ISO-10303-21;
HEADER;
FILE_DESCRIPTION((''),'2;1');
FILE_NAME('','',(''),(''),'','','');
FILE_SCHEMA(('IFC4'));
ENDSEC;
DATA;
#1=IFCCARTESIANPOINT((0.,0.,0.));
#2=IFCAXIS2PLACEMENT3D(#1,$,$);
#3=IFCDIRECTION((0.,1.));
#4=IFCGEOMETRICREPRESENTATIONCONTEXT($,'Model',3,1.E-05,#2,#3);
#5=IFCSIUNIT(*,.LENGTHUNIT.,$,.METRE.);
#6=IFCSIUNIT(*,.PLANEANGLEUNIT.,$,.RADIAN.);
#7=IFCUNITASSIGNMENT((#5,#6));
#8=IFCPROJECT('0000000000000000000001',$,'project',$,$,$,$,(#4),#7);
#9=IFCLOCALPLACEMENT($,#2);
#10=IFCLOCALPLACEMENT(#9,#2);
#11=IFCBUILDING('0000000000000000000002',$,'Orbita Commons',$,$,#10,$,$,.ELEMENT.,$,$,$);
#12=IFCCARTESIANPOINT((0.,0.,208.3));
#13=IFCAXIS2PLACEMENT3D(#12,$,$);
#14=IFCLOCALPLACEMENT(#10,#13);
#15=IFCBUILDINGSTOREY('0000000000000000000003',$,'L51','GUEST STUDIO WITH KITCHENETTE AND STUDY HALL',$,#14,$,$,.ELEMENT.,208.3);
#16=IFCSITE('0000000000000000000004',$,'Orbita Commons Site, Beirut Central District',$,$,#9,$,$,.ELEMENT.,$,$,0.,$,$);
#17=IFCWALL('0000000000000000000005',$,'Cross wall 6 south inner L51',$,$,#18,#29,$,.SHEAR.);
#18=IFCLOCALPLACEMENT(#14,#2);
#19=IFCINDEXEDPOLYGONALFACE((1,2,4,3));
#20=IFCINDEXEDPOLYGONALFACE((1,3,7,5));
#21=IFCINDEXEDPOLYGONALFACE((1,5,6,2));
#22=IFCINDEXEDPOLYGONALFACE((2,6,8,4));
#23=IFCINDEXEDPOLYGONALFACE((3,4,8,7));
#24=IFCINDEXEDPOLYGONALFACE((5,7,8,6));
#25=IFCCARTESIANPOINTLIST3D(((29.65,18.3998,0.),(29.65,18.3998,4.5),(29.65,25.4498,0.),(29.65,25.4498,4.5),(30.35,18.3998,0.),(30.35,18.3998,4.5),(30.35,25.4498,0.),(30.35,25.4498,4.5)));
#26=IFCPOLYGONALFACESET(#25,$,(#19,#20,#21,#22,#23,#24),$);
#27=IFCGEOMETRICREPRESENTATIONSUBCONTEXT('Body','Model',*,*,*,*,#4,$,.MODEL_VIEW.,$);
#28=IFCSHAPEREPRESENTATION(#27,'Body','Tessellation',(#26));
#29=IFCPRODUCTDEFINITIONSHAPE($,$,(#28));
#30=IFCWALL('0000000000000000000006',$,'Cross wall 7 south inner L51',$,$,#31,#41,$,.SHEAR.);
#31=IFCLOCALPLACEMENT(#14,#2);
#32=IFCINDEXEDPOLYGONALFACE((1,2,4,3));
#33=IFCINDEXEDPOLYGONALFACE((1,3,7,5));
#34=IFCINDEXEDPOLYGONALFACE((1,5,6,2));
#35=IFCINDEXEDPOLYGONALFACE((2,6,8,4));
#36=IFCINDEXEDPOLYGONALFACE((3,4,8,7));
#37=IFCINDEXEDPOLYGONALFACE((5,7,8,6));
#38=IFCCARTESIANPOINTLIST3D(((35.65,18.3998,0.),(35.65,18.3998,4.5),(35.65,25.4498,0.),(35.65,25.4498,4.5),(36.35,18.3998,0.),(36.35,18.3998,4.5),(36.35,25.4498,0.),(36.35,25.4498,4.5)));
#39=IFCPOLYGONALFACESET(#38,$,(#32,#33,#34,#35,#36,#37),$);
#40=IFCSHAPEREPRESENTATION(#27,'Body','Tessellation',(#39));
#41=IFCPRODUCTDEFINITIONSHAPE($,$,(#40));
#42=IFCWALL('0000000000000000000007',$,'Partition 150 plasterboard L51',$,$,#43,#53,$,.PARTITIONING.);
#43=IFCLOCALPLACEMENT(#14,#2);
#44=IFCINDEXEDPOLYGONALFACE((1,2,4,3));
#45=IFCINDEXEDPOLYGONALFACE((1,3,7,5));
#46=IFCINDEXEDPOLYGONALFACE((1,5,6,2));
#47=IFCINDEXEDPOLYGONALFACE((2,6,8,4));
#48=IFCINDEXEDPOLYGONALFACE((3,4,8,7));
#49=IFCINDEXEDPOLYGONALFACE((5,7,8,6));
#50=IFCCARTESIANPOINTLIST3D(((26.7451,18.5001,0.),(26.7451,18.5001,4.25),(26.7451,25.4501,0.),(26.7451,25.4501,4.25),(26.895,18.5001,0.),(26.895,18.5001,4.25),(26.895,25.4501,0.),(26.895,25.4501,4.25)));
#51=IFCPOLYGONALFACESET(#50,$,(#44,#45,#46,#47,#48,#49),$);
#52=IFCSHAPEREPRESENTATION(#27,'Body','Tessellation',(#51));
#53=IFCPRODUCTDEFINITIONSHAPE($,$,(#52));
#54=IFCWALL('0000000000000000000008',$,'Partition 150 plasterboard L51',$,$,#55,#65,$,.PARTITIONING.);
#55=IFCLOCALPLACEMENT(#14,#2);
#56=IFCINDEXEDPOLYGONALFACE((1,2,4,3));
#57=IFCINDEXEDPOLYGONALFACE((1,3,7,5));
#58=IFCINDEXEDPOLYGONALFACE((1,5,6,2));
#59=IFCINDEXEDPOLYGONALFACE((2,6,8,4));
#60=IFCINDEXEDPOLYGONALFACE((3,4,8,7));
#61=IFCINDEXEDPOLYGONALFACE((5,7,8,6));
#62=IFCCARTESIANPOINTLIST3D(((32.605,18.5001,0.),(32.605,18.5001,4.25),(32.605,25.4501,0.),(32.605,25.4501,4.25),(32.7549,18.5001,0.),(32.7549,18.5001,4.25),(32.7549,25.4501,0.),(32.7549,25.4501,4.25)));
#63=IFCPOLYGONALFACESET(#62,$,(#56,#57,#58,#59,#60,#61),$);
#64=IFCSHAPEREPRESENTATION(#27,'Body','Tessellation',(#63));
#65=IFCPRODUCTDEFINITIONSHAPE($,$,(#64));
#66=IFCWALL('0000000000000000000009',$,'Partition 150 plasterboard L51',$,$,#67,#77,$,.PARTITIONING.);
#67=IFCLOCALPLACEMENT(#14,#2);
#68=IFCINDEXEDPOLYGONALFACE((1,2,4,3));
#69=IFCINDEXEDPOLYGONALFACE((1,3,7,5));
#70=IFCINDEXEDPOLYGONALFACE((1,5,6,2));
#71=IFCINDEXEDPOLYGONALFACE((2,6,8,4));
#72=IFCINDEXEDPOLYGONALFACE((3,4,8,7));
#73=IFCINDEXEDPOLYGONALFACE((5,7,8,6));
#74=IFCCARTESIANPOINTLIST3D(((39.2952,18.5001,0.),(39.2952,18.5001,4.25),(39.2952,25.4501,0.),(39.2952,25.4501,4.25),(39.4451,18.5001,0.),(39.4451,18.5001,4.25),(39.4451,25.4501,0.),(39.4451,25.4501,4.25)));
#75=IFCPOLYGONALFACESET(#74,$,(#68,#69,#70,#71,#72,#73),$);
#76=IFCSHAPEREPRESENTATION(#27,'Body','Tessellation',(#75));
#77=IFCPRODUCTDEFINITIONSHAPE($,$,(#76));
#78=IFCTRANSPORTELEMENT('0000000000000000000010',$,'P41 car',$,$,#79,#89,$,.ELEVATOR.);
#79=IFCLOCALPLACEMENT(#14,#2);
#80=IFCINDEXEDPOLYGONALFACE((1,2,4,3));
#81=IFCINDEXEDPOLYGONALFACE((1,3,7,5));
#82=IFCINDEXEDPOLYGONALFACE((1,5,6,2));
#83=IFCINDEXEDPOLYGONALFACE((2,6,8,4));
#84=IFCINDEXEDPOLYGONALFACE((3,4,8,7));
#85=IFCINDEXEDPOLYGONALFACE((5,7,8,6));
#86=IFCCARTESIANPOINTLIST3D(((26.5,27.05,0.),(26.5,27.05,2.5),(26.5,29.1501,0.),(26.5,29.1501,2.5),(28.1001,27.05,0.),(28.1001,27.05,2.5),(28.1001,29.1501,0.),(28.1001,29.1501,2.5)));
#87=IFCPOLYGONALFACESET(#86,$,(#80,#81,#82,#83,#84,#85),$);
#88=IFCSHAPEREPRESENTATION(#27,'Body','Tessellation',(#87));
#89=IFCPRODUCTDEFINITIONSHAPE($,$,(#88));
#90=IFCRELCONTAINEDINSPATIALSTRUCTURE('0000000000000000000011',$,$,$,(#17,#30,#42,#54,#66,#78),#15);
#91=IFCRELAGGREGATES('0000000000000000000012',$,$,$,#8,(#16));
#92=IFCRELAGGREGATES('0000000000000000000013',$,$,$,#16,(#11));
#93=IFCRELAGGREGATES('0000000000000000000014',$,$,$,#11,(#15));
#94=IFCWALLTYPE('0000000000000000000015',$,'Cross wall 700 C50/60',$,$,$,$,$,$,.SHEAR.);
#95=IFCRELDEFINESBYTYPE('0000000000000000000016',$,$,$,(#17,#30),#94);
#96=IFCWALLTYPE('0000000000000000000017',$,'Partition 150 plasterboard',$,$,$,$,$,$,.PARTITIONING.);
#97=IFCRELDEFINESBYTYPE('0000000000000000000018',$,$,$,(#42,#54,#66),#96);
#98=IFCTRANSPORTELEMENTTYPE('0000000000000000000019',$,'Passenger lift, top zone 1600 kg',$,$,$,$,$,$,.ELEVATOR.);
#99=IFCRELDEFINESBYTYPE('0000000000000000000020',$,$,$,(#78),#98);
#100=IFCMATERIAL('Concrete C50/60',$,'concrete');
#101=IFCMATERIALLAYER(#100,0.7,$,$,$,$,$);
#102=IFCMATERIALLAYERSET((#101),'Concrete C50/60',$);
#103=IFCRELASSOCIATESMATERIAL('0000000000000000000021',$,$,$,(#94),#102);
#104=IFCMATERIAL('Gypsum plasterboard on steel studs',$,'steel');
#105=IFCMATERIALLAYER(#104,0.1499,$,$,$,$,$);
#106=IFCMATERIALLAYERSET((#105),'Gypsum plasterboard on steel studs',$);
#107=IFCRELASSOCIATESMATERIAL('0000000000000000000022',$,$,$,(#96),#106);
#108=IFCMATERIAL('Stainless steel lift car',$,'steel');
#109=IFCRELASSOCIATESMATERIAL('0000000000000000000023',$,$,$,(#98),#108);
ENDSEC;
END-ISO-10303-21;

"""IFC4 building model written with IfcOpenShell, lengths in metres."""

from ifc_helpers import new_model, si_unit, direction, frame, frame_2d, origin, origin_2d, place, context, subcontext, project, spatial, rectangle, extrude, material, layer, layer_set, type_object, element, save


model = new_model("IFC4")

# Units and contexts
model_context = context("Model", 3, precision=1e-05, world=origin(), true_north=direction((0.0, 1.0)))
body_context = subcontext(model_context, "Body", "Model", "MODEL_VIEW")
ifc_project = project(units=[si_unit("LENGTHUNIT", "METRE"), si_unit("PLANEANGLEUNIT", "RADIAN")], contexts=[model_context])

# Site, building, storey
site_placement = place(None, origin())
site = spatial("IfcSite", under=ifc_project, at=site_placement, Name="Orbita Commons Site, Beirut Central District", CompositionType="ELEMENT", RefElevation=0.0)
building_placement = place(site_placement, origin())
building = spatial("IfcBuilding", under=site, at=building_placement, Name="Orbita Commons", CompositionType="ELEMENT")
storey_placement = place(building_placement, frame((0.0, 0.0, 208.3)))
storey = spatial("IfcBuildingStorey", under=building, at=storey_placement, Name="L51", Description="GUEST STUDIO WITH KITCHENETTE AND STUDY HALL", CompositionType="ELEMENT", Elevation=208.3)

# Walls
ifc_material_1 = material(Name="Concrete C50/60", Category="concrete")
ifc_layer_1 = layer(ifc_material_1, 0.7)
ifc_layer_set_1 = layer_set([ifc_layer_1], Name="Concrete C50/60")
wall_type_1 = type_object("IfcWallType", Name="Cross wall 700 C50/60", PredefinedType="SHEAR", material=ifc_layer_set_1)
for number, where, z_axis, x_axis, name in (
    (1, (30.0, 18.3999, 0.0), (0.0, 0.0, 1.0), (0.0, 1.0, 0.0), "Cross wall 6 south inner L51"),
    (2, (36.0, 18.3999, 0.0), (0.0, 0.0, 1.0), (0.0, 1.0, 0.0), "Cross wall 7 south inner L51"),
):
    element("IfcWall", number, at=place(storey_placement, frame(where, z_axis=z_axis, x_axis=x_axis)), inside=storey, type_object=wall_type_1, Name=name, PredefinedType="SHEAR", context=body_context, shape_type="SweptSolid", body=[
        extrude(rectangle(XDim=7.05, YDim=0.7, at=frame_2d((3.5249, 0.0))), origin(), (0.0, 0.0, 1.0), 4.5),
    ])
ifc_material_2 = material(Name="Gypsum plasterboard on steel studs", Category="steel")
ifc_layer_2 = layer(ifc_material_2, 0.1499)
ifc_layer_set_2 = layer_set([ifc_layer_2], Name="Gypsum plasterboard on steel studs")
wall_type_2 = type_object("IfcWallType", Name="Partition 150 plasterboard", PredefinedType="PARTITIONING", material=ifc_layer_set_2)
for number, where, z_axis, x_axis, name in (
    (3, (26.8201, 18.5, 0.0), (0.0, 0.0, 1.0), (0.0, 1.0, 0.0), "Partition 150 plasterboard L51"),
    (4, (32.6799, 18.5, 0.0), (0.0, 0.0, 1.0), (0.0, 1.0, 0.0), "Partition 150 plasterboard L51"),
    (5, (39.3701, 18.5, 0.0), (0.0, 0.0, 1.0), (0.0, 1.0, 0.0), "Partition 150 plasterboard L51"),
):
    element("IfcWall", number, at=place(storey_placement, frame(where, z_axis=z_axis, x_axis=x_axis)), inside=storey, type_object=wall_type_2, Name=name, PredefinedType="PARTITIONING", context=body_context, shape_type="SweptSolid", body=[
        extrude(rectangle(XDim=6.95, YDim=0.1499, at=frame_2d((3.4751, 0.0))), origin(), (0.0, 0.0, 1.0), 4.25),
    ])

# Transport element
ifc_material_3 = material(Name="Stainless steel lift car", Category="steel")
transport_element_type = type_object("IfcTransportElementType", Name="Passenger lift, top zone 1600 kg", PredefinedType="ELEVATOR", material=ifc_material_3)
transport_element_placement = place(storey_placement, frame((27.3, 28.1001, 0.0), z_axis=(0.0, 0.0, 1.0), x_axis=(1.0, 0.0, 0.0)))
element("IfcTransportElement", 6, at=transport_element_placement, inside=storey, type_object=transport_element_type, Name="P41 car", PredefinedType="ELEVATOR", context=body_context, shape_type="SweptSolid", body=[
    extrude(rectangle(XDim=1.6001, YDim=2.1001, at=origin_2d()), origin(), (0.0, 0.0, 1.0), 2.5),
])

save(model, "model.ifc")
